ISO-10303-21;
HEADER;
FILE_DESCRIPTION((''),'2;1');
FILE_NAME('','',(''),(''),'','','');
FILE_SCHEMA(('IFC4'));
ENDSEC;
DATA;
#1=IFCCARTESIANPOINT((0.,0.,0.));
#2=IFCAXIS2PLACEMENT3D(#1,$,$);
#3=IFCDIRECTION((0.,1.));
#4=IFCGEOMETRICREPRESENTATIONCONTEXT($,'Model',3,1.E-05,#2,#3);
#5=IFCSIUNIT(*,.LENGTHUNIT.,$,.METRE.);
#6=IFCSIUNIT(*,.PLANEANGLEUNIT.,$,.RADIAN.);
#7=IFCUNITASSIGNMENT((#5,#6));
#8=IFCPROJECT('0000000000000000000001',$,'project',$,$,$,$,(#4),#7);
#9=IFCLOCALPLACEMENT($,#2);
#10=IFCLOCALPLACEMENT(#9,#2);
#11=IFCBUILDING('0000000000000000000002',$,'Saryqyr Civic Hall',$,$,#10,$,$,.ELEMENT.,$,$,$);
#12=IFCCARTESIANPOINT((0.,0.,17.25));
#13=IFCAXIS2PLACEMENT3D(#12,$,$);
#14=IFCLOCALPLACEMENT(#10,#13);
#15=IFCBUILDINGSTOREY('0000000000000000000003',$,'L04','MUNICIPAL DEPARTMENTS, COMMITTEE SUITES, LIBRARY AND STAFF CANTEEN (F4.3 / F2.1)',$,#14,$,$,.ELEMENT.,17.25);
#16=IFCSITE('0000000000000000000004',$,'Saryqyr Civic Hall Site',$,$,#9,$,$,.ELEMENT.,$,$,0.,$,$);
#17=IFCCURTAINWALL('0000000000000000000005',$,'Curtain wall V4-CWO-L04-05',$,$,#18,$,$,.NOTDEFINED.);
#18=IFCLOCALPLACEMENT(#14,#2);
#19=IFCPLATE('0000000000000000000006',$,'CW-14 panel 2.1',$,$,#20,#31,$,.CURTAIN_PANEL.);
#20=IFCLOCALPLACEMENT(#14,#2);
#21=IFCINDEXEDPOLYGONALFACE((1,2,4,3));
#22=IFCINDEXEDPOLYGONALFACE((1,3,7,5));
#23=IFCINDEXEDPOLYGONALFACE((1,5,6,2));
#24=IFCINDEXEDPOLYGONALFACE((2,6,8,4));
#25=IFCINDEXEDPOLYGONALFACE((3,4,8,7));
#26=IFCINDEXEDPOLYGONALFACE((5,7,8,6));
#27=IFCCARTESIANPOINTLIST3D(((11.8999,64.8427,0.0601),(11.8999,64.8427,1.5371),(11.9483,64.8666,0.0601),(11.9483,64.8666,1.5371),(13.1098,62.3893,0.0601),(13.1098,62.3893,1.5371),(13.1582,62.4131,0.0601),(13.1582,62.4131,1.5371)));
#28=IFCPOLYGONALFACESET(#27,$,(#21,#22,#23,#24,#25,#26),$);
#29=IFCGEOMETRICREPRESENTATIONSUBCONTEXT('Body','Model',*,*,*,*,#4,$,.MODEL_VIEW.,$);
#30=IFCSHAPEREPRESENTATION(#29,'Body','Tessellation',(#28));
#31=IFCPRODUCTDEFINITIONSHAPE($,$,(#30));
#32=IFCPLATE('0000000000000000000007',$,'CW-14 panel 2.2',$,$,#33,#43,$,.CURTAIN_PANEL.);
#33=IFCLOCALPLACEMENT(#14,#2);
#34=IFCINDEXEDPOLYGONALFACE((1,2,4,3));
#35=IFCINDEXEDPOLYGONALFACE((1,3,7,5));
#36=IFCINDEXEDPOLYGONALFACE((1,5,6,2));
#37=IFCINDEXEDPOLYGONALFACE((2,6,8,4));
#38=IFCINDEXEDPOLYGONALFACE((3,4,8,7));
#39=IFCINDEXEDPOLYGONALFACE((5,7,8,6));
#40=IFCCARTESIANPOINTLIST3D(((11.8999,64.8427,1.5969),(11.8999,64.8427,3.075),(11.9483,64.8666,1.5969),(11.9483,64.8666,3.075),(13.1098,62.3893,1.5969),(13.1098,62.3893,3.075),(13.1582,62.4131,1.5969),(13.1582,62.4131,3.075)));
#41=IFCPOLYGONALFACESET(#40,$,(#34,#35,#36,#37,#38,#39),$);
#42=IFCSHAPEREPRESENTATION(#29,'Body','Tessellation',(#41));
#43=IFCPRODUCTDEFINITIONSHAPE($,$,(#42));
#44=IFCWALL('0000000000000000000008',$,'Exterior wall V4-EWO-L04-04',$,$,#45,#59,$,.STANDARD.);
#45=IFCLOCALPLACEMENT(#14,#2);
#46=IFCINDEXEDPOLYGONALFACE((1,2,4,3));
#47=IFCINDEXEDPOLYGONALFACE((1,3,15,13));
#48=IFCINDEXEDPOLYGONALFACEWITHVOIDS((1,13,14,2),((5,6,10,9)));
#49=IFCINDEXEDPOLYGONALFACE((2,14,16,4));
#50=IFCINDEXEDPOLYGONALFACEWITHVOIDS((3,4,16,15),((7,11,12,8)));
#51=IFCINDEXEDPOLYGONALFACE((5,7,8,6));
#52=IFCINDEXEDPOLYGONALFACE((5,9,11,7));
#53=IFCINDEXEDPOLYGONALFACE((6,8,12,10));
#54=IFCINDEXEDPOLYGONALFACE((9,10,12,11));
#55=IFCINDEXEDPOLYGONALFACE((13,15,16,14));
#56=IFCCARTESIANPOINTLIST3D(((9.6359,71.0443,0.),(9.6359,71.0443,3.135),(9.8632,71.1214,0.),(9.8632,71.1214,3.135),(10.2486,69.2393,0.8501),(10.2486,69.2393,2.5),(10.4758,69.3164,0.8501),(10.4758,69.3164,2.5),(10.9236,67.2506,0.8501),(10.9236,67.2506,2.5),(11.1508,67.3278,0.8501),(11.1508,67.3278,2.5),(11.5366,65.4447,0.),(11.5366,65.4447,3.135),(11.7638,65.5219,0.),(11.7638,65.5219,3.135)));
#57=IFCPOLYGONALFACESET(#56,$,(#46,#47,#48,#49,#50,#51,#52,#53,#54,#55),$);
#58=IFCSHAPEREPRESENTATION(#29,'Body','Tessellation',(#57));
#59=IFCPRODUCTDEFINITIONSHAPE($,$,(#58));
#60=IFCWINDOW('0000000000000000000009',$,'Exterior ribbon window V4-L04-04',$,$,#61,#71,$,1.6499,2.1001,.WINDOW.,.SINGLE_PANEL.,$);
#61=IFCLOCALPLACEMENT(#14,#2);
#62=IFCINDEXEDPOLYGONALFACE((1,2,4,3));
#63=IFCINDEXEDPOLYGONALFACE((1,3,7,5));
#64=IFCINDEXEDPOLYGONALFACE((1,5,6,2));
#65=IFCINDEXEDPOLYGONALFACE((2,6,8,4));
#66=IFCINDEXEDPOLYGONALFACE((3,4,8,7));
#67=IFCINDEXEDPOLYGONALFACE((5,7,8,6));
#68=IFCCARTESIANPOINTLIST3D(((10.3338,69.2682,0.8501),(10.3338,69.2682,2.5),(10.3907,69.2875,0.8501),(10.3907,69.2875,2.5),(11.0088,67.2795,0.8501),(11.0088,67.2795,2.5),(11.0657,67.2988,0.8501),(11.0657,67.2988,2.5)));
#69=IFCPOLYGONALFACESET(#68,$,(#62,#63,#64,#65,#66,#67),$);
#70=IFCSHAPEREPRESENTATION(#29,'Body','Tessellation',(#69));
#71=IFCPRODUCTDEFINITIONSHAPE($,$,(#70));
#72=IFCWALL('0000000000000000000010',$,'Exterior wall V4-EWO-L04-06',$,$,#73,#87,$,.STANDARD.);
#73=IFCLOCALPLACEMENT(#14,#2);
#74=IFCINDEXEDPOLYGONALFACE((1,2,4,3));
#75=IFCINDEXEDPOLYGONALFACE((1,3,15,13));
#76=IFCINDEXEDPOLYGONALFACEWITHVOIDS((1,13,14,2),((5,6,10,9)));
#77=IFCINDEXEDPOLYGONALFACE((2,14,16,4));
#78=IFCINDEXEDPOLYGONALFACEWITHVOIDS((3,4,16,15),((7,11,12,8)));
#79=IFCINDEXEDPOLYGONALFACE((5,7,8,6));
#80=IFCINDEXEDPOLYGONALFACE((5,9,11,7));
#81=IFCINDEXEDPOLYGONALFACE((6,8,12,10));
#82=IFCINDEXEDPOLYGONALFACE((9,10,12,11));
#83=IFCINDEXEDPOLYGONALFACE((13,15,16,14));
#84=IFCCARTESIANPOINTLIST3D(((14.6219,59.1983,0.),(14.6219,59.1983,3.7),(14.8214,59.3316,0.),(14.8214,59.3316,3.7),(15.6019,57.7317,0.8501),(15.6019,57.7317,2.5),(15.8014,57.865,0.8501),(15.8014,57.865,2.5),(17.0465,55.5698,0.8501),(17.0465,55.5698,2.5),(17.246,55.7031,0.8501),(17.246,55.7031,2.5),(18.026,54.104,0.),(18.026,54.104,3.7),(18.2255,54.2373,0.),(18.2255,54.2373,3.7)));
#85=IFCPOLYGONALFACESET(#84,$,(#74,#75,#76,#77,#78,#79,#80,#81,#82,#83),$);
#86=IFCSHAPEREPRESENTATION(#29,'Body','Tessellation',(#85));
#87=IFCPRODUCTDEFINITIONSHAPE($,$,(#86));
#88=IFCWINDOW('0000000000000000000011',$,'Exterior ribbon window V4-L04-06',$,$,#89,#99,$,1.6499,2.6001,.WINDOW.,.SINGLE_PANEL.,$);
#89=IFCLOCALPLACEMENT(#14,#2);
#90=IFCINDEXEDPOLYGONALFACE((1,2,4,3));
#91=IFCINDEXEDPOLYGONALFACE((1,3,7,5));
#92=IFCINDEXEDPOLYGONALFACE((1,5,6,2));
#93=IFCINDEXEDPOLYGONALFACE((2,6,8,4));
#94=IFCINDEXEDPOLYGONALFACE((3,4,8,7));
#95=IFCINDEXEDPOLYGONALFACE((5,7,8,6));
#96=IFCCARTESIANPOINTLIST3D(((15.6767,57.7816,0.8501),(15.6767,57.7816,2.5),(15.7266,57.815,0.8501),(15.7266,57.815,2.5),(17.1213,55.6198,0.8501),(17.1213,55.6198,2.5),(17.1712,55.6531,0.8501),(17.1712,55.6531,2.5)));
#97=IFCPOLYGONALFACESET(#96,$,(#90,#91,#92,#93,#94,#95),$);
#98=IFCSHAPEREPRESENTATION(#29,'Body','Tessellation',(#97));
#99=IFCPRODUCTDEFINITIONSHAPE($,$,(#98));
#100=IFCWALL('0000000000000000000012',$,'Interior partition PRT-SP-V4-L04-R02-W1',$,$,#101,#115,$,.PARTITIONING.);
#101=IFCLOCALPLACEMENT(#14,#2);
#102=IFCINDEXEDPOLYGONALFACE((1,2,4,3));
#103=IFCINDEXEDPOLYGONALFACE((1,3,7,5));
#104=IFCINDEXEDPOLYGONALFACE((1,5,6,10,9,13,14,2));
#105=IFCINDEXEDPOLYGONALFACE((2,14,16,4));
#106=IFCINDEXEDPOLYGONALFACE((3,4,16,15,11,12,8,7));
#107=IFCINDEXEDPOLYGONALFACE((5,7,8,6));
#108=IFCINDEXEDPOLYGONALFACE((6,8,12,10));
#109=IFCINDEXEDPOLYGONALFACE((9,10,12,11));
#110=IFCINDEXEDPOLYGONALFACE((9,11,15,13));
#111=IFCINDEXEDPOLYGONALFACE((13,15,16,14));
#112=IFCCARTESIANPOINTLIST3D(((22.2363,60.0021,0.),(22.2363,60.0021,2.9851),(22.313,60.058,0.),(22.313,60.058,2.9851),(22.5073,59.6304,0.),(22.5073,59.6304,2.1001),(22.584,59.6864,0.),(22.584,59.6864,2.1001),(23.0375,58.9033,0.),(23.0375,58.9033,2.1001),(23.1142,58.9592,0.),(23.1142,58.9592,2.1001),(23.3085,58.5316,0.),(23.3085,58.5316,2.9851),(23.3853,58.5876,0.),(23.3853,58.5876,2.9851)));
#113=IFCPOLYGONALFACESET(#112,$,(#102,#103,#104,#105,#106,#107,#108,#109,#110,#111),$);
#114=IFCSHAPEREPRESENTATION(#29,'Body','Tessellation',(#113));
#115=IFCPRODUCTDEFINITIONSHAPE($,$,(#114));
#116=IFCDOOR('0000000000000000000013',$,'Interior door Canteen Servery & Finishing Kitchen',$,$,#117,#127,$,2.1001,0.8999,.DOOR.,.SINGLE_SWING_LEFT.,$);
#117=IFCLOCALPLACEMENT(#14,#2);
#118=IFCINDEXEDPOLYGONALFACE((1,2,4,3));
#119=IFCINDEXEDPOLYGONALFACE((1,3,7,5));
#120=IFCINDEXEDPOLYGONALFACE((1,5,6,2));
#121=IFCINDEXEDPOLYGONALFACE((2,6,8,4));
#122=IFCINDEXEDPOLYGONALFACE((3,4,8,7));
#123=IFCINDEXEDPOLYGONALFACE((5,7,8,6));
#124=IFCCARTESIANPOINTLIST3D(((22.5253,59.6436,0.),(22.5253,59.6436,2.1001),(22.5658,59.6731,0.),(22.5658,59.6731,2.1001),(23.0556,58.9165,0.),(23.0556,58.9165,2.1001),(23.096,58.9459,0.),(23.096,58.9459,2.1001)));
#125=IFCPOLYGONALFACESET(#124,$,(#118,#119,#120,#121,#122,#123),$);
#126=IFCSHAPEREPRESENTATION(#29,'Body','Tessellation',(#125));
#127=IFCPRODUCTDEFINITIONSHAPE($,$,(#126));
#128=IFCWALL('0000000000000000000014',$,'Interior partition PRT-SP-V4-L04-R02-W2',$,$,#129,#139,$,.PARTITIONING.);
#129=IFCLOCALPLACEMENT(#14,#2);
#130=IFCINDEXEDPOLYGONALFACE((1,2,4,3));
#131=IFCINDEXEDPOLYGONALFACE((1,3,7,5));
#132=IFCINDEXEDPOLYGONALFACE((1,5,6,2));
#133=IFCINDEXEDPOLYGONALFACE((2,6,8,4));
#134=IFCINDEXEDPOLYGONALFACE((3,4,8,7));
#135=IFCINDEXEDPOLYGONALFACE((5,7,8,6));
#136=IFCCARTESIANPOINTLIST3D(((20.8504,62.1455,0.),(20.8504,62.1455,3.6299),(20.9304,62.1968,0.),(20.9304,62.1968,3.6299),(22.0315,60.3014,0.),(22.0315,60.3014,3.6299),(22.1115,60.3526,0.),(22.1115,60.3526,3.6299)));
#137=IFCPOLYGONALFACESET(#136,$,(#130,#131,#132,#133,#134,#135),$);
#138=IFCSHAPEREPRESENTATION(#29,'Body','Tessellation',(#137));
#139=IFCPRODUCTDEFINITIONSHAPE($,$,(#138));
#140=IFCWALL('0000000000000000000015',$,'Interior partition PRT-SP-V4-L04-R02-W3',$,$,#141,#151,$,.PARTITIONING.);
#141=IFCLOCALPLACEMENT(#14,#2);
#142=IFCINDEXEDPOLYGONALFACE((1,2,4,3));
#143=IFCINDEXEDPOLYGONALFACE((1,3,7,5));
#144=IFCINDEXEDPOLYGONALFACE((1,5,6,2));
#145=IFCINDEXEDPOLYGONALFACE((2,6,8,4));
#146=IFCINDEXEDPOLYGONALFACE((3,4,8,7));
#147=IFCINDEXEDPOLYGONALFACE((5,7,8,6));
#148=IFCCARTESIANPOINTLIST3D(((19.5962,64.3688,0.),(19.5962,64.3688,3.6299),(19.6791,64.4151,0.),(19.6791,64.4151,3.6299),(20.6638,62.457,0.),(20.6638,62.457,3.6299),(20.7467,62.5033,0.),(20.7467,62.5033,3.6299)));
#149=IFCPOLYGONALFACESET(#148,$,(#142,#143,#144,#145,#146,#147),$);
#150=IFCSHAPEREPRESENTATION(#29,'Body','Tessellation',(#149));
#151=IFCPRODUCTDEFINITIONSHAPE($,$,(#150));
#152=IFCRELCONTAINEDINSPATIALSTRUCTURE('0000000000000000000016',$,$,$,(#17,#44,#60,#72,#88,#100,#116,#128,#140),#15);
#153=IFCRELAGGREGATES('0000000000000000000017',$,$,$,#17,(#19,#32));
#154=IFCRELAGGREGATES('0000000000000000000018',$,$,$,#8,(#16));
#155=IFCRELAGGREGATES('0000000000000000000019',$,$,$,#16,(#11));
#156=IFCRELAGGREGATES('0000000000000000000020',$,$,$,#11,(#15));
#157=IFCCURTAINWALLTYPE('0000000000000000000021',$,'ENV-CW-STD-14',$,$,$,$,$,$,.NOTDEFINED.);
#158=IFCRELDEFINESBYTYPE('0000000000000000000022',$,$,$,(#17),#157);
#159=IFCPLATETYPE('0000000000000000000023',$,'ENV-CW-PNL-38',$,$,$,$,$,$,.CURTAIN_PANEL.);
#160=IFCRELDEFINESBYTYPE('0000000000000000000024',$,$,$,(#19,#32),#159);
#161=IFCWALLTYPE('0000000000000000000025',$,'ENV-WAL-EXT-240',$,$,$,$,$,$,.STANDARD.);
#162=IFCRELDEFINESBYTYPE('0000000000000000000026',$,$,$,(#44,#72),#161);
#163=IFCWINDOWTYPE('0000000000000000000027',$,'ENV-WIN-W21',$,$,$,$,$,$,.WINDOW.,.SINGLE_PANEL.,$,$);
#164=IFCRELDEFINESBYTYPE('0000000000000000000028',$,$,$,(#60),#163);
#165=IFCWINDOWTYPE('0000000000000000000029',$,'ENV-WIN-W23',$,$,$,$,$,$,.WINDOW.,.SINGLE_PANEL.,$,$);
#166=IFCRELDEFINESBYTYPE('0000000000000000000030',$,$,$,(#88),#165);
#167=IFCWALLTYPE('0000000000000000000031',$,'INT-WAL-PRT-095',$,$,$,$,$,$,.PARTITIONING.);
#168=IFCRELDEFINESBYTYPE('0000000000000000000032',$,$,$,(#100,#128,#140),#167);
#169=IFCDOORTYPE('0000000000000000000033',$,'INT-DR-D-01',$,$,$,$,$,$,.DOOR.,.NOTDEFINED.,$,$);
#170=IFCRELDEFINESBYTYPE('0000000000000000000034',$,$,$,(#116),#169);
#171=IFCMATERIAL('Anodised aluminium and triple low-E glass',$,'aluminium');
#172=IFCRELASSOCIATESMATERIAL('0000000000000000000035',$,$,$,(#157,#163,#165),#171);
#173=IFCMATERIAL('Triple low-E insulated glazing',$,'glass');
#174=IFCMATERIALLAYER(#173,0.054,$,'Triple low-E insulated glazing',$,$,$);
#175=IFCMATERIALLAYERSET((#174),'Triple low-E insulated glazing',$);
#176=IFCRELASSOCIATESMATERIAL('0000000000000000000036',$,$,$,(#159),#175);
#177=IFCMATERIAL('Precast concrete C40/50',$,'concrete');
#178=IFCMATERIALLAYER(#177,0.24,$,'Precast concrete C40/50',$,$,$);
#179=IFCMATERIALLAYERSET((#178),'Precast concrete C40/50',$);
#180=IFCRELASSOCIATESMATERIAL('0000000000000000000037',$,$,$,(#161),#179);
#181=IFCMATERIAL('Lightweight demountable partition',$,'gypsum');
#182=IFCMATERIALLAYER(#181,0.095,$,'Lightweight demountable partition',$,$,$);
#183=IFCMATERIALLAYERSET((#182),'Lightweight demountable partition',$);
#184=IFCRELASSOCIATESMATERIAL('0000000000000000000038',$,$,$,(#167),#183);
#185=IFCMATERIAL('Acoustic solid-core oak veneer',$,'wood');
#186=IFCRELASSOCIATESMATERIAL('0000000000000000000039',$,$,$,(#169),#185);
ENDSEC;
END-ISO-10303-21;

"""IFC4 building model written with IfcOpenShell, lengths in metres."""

from ifc_helpers import new_model, si_unit, direction, frame, frame_2d, origin, origin_2d, place, context, subcontext, project, spatial, rectangle, extrude, material, layer, layer_set, type_object, element, fill, aggregate, save


model = new_model("IFC4")

# Units and contexts
model_context = context("Model", 3, precision=1e-05, world=origin(), true_north=direction((0.0, 1.0)))
body_context = subcontext(model_context, "Body", "Model", "MODEL_VIEW")
ifc_project = project(units=[si_unit("LENGTHUNIT", "METRE"), si_unit("PLANEANGLEUNIT", "RADIAN")], contexts=[model_context])

# Site, building, storey
site_placement = place(None, origin())
site = spatial("IfcSite", under=ifc_project, at=site_placement, Name="Saryqyr Civic Hall Site", CompositionType="ELEMENT", RefElevation=0.0)
building_placement = place(site_placement, origin())
building = spatial("IfcBuilding", under=site, at=building_placement, Name="Saryqyr Civic Hall", CompositionType="ELEMENT")
storey_placement = place(building_placement, frame((0.0, 0.0, 17.25)))
storey = spatial("IfcBuildingStorey", under=building, at=storey_placement, Name="L04", Description="MUNICIPAL DEPARTMENTS, COMMITTEE SUITES, LIBRARY AND STAFF CANTEEN (F4.3 / F2.1)", CompositionType="ELEMENT", Elevation=17.25)

# Curtain wall
ifc_material_1 = material(Name="Anodised aluminium and triple low-E glass", Category="aluminium")
curtain_wall_type = type_object("IfcCurtainWallType", Name="ENV-CW-STD-14", PredefinedType="NOTDEFINED", material=ifc_material_1)
curtain_wall_placement = place(storey_placement, origin())
curtain_wall = element("IfcCurtainWall", 1, at=curtain_wall_placement, inside=storey, type_object=curtain_wall_type, Name="Curtain wall V4-CWO-L04-05", PredefinedType="NOTDEFINED")

# Plates
ifc_material_2 = material(Name="Triple low-E insulated glazing", Category="glass")
ifc_layer_1 = layer(ifc_material_2, 0.054, Name="Triple low-E insulated glazing")
ifc_layer_set_1 = layer_set([ifc_layer_1], Name="Triple low-E insulated glazing")
plate_type = type_object("IfcPlateType", Name="ENV-CW-PNL-38", PredefinedType="CURTAIN_PANEL", material=ifc_layer_set_1)
plate_1_placement = place(storey_placement, frame((12.5291, 63.6279, 0.0601), z_axis=(0.0, 0.0, 1.0), x_axis=(-0.442288, 0.896873, 0.0)))
plate_1 = element("IfcPlate", 2, at=plate_1_placement, type_object=plate_type, Name="CW-14 panel 2.1", PredefinedType="CURTAIN_PANEL", context=body_context, shape_type="SweptSolid", body=[
    extrude(rectangle(XDim=2.7356, YDim=0.054, at=origin_2d()), origin(), (0.0, 0.0, 1.0), 1.4771),
])
plate_2_placement = place(storey_placement, frame((12.5291, 63.6279, 1.5969), z_axis=(0.0, 0.0, 1.0), x_axis=(-0.442288, 0.896873, 0.0)))
plate_2 = element("IfcPlate", 3, at=plate_2_placement, type_object=plate_type, Name="CW-14 panel 2.2", PredefinedType="CURTAIN_PANEL", context=body_context, shape_type="SweptSolid", body=[
    extrude(rectangle(XDim=2.7356, YDim=0.054, at=origin_2d()), origin(), (0.0, 0.0, 1.0), 1.478),
])
aggregate(curtain_wall, [plate_1, plate_2])

# Walls, openings, windows
ifc_material_3 = material(Name="Precast concrete C40/50", Category="concrete")
ifc_layer_2 = layer(ifc_material_3, 0.24, Name="Precast concrete C40/50")
ifc_layer_set_2 = layer_set([ifc_layer_2], Name="Precast concrete C40/50")
wall_type_1 = type_object("IfcWallType", Name="ENV-WAL-EXT-240", PredefinedType="STANDARD", material=ifc_layer_set_2)
wall_1_placement = place(storey_placement, frame((11.6501, 65.4834, 0.0), z_axis=(0.0, 0.0, 1.0), x_axis=(-0.321413, 0.946939, 0.0)))
wall_1 = element("IfcWall", 4, at=wall_1_placement, inside=storey, type_object=wall_type_1, Name="Exterior wall V4-EWO-L04-04", PredefinedType="STANDARD", context=body_context, shape_type="SweptSolid", body=[
    extrude(rectangle(XDim=5.9133, YDim=0.24, at=frame_2d((2.9565, 0.0))), origin(), (0.0, 0.0, 1.0), 3.135),
])
opening_1_placement = place(wall_1_placement, frame((1.907, 0.0, 0.8501)))
opening_1 = element("IfcOpeningElement", 5, at=opening_1_placement, cuts=wall_1, PredefinedType="OPENING", context=body_context, shape_type="SweptSolid", body=[
    extrude(rectangle(XDim=2.1001, YDim=1.6499, at=frame_2d((1.05, 0.825))), frame((0.0, 0.1299, 0.0), z_axis=(0.0, -1.0, 0.0), x_axis=(1.0, 0.0, 0.0)), (0.0, 0.0, 1.0), 0.26),
])
window_type_1 = type_object("IfcWindowType", Name="ENV-WIN-W21", PartitioningType="SINGLE_PANEL", PredefinedType="WINDOW", material=ifc_material_1)
window_1_placement = place(opening_1_placement, origin())
window_1 = element("IfcWindow", 6, at=window_1_placement, inside=storey, type_object=window_type_1, Name="Exterior ribbon window V4-L04-04", OverallHeight=1.6499, OverallWidth=2.1001, PartitioningType="SINGLE_PANEL", PredefinedType="WINDOW", context=body_context, shape_type="SweptSolid", body=[
    extrude(rectangle(XDim=2.1001, YDim=1.6499, at=frame_2d((1.05, 0.825))), frame((0.0, 0.03, 0.0), z_axis=(0.0, -1.0, 0.0), x_axis=(1.0, 0.0, 0.0)), (0.0, 0.0, 1.0), 0.0601),
])
fill(opening_1, window_1)
wall_2_placement = place(storey_placement, frame((18.1257, 54.1707, 0.0), z_axis=(0.0, 0.0, 1.0), x_axis=(-0.555592, 0.831455, 0.0)))
wall_2 = element("IfcWall", 7, at=wall_2_placement, inside=storey, type_object=wall_type_1, Name="Exterior wall V4-EWO-L04-06", PredefinedType="STANDARD", context=body_context, shape_type="SweptSolid", body=[
    extrude(rectangle(XDim=6.127, YDim=0.24, at=frame_2d((3.0635, 0.0))), origin(), (0.0, 0.0, 1.0), 3.7),
])
opening_2_placement = place(wall_2_placement, frame((1.7629, 0.0, 0.8501)))
opening_2 = element("IfcOpeningElement", 8, at=opening_2_placement, cuts=wall_2, PredefinedType="OPENING", context=body_context, shape_type="SweptSolid", body=[
    extrude(rectangle(XDim=2.6001, YDim=1.6499, at=frame_2d((1.3, 0.825))), frame((0.0, 0.1299, 0.0), z_axis=(0.0, -1.0, 0.0), x_axis=(1.0, 0.0, 0.0)), (0.0, 0.0, 1.0), 0.26),
])
window_type_2 = type_object("IfcWindowType", Name="ENV-WIN-W23", PartitioningType="SINGLE_PANEL", PredefinedType="WINDOW", material=ifc_material_1)
window_2_placement = place(opening_2_placement, origin())
window_2 = element("IfcWindow", 9, at=window_2_placement, inside=storey, type_object=window_type_2, Name="Exterior ribbon window V4-L04-06", OverallHeight=1.6499, OverallWidth=2.6001, PartitioningType="SINGLE_PANEL", PredefinedType="WINDOW", context=body_context, shape_type="SweptSolid", body=[
    extrude(rectangle(XDim=2.6001, YDim=1.6499, at=frame_2d((1.3, 0.825))), frame((0.0, 0.03, 0.0), z_axis=(0.0, -1.0, 0.0), x_axis=(1.0, 0.0, 0.0)), (0.0, 0.0, 1.0), 0.0601),
])
fill(opening_2, window_2)

# Wall, opening, door
ifc_material_4 = material(Name="Lightweight demountable partition", Category="gypsum")
ifc_layer_3 = layer(ifc_material_4, 0.095, Name="Lightweight demountable partition")
ifc_layer_set_3 = layer_set([ifc_layer_3], Name="Lightweight demountable partition")
wall_type_2 = type_object("IfcWallType", Name="INT-WAL-PRT-095", PredefinedType="PARTITIONING", material=ifc_layer_set_3)
wall_3_placement = place(storey_placement, frame((22.2747, 60.03, 0.0), z_axis=(0.0, 0.0, 1.0), x_axis=(0.589192, -0.807993, 0.0)))
wall_3 = element("IfcWall", 10, at=wall_3_placement, inside=storey, type_object=wall_type_2, Name="Interior partition PRT-SP-V4-L04-R02-W1", PredefinedType="PARTITIONING", context=body_context, shape_type="SweptSolid", body=[
    extrude(rectangle(XDim=1.8198, YDim=0.095, at=frame_2d((0.9099, 0.0))), origin(), (0.0, 0.0, 1.0), 2.9851),
])
opening_3_placement = place(wall_3_placement, frame((0.46, 0.0, 0.0)))
opening_3 = element("IfcOpeningElement", 11, at=opening_3_placement, cuts=wall_3, PredefinedType="OPENING", context=body_context, shape_type="SweptSolid", body=[
    extrude(rectangle(XDim=0.8999, YDim=2.1001, at=frame_2d((0.45, 1.05))), frame((0.0, 0.0574, 0.0), z_axis=(0.0, -1.0, 0.0), x_axis=(1.0, 0.0, 0.0)), (0.0, 0.0, 1.0), 0.115),
])
ifc_material_5 = material(Name="Acoustic solid-core oak veneer", Category="wood")
door_type = type_object("IfcDoorType", Name="INT-DR-D-01", OperationType="NOTDEFINED", PredefinedType="DOOR", material=ifc_material_5)
door_placement = place(opening_3_placement, origin())
door = element("IfcDoor", 12, at=door_placement, inside=storey, type_object=door_type, Name="Interior door Canteen Servery & Finishing Kitchen", OperationType="SINGLE_SWING_LEFT", OverallHeight=2.1001, OverallWidth=0.8999, PredefinedType="DOOR", context=body_context, shape_type="SweptSolid", body=[
    extrude(rectangle(XDim=0.8999, YDim=2.1001, at=frame_2d((0.45, 1.05))), frame((0.0, 0.0249, 0.0), z_axis=(0.0, -1.0, 0.0), x_axis=(1.0, 0.0, 0.0)), (0.0, 0.0, 1.0), 0.05),
])
fill(opening_3, door)

# Walls
wall_4_placement = place(storey_placement, frame((20.8904, 62.1711, 0.0), z_axis=(0.0, 0.0, 1.0), x_axis=(0.539326, -0.842097, 0.0)))
element("IfcWall", 13, at=wall_4_placement, inside=storey, type_object=wall_type_2, Name="Interior partition PRT-SP-V4-L04-R02-W2", PredefinedType="PARTITIONING", context=body_context, shape_type="SweptSolid", body=[
    extrude(rectangle(XDim=2.1899, YDim=0.095, at=frame_2d((1.095, 0.0))), origin(), (0.0, 0.0, 1.0), 3.6299),
])
wall_5_placement = place(storey_placement, frame((19.6377, 64.3918, 0.0), z_axis=(0.0, 0.0, 1.0), x_axis=(0.487554, -0.873093, 0.0)))
element("IfcWall", 14, at=wall_5_placement, inside=storey, type_object=wall_type_2, Name="Interior partition PRT-SP-V4-L04-R02-W3", PredefinedType="PARTITIONING", context=body_context, shape_type="SweptSolid", body=[
    extrude(rectangle(XDim=2.1897, YDim=0.095, at=frame_2d((1.0947, 0.0))), origin(), (0.0, 0.0, 1.0), 3.6299),
])

save(model, "model.ifc")
